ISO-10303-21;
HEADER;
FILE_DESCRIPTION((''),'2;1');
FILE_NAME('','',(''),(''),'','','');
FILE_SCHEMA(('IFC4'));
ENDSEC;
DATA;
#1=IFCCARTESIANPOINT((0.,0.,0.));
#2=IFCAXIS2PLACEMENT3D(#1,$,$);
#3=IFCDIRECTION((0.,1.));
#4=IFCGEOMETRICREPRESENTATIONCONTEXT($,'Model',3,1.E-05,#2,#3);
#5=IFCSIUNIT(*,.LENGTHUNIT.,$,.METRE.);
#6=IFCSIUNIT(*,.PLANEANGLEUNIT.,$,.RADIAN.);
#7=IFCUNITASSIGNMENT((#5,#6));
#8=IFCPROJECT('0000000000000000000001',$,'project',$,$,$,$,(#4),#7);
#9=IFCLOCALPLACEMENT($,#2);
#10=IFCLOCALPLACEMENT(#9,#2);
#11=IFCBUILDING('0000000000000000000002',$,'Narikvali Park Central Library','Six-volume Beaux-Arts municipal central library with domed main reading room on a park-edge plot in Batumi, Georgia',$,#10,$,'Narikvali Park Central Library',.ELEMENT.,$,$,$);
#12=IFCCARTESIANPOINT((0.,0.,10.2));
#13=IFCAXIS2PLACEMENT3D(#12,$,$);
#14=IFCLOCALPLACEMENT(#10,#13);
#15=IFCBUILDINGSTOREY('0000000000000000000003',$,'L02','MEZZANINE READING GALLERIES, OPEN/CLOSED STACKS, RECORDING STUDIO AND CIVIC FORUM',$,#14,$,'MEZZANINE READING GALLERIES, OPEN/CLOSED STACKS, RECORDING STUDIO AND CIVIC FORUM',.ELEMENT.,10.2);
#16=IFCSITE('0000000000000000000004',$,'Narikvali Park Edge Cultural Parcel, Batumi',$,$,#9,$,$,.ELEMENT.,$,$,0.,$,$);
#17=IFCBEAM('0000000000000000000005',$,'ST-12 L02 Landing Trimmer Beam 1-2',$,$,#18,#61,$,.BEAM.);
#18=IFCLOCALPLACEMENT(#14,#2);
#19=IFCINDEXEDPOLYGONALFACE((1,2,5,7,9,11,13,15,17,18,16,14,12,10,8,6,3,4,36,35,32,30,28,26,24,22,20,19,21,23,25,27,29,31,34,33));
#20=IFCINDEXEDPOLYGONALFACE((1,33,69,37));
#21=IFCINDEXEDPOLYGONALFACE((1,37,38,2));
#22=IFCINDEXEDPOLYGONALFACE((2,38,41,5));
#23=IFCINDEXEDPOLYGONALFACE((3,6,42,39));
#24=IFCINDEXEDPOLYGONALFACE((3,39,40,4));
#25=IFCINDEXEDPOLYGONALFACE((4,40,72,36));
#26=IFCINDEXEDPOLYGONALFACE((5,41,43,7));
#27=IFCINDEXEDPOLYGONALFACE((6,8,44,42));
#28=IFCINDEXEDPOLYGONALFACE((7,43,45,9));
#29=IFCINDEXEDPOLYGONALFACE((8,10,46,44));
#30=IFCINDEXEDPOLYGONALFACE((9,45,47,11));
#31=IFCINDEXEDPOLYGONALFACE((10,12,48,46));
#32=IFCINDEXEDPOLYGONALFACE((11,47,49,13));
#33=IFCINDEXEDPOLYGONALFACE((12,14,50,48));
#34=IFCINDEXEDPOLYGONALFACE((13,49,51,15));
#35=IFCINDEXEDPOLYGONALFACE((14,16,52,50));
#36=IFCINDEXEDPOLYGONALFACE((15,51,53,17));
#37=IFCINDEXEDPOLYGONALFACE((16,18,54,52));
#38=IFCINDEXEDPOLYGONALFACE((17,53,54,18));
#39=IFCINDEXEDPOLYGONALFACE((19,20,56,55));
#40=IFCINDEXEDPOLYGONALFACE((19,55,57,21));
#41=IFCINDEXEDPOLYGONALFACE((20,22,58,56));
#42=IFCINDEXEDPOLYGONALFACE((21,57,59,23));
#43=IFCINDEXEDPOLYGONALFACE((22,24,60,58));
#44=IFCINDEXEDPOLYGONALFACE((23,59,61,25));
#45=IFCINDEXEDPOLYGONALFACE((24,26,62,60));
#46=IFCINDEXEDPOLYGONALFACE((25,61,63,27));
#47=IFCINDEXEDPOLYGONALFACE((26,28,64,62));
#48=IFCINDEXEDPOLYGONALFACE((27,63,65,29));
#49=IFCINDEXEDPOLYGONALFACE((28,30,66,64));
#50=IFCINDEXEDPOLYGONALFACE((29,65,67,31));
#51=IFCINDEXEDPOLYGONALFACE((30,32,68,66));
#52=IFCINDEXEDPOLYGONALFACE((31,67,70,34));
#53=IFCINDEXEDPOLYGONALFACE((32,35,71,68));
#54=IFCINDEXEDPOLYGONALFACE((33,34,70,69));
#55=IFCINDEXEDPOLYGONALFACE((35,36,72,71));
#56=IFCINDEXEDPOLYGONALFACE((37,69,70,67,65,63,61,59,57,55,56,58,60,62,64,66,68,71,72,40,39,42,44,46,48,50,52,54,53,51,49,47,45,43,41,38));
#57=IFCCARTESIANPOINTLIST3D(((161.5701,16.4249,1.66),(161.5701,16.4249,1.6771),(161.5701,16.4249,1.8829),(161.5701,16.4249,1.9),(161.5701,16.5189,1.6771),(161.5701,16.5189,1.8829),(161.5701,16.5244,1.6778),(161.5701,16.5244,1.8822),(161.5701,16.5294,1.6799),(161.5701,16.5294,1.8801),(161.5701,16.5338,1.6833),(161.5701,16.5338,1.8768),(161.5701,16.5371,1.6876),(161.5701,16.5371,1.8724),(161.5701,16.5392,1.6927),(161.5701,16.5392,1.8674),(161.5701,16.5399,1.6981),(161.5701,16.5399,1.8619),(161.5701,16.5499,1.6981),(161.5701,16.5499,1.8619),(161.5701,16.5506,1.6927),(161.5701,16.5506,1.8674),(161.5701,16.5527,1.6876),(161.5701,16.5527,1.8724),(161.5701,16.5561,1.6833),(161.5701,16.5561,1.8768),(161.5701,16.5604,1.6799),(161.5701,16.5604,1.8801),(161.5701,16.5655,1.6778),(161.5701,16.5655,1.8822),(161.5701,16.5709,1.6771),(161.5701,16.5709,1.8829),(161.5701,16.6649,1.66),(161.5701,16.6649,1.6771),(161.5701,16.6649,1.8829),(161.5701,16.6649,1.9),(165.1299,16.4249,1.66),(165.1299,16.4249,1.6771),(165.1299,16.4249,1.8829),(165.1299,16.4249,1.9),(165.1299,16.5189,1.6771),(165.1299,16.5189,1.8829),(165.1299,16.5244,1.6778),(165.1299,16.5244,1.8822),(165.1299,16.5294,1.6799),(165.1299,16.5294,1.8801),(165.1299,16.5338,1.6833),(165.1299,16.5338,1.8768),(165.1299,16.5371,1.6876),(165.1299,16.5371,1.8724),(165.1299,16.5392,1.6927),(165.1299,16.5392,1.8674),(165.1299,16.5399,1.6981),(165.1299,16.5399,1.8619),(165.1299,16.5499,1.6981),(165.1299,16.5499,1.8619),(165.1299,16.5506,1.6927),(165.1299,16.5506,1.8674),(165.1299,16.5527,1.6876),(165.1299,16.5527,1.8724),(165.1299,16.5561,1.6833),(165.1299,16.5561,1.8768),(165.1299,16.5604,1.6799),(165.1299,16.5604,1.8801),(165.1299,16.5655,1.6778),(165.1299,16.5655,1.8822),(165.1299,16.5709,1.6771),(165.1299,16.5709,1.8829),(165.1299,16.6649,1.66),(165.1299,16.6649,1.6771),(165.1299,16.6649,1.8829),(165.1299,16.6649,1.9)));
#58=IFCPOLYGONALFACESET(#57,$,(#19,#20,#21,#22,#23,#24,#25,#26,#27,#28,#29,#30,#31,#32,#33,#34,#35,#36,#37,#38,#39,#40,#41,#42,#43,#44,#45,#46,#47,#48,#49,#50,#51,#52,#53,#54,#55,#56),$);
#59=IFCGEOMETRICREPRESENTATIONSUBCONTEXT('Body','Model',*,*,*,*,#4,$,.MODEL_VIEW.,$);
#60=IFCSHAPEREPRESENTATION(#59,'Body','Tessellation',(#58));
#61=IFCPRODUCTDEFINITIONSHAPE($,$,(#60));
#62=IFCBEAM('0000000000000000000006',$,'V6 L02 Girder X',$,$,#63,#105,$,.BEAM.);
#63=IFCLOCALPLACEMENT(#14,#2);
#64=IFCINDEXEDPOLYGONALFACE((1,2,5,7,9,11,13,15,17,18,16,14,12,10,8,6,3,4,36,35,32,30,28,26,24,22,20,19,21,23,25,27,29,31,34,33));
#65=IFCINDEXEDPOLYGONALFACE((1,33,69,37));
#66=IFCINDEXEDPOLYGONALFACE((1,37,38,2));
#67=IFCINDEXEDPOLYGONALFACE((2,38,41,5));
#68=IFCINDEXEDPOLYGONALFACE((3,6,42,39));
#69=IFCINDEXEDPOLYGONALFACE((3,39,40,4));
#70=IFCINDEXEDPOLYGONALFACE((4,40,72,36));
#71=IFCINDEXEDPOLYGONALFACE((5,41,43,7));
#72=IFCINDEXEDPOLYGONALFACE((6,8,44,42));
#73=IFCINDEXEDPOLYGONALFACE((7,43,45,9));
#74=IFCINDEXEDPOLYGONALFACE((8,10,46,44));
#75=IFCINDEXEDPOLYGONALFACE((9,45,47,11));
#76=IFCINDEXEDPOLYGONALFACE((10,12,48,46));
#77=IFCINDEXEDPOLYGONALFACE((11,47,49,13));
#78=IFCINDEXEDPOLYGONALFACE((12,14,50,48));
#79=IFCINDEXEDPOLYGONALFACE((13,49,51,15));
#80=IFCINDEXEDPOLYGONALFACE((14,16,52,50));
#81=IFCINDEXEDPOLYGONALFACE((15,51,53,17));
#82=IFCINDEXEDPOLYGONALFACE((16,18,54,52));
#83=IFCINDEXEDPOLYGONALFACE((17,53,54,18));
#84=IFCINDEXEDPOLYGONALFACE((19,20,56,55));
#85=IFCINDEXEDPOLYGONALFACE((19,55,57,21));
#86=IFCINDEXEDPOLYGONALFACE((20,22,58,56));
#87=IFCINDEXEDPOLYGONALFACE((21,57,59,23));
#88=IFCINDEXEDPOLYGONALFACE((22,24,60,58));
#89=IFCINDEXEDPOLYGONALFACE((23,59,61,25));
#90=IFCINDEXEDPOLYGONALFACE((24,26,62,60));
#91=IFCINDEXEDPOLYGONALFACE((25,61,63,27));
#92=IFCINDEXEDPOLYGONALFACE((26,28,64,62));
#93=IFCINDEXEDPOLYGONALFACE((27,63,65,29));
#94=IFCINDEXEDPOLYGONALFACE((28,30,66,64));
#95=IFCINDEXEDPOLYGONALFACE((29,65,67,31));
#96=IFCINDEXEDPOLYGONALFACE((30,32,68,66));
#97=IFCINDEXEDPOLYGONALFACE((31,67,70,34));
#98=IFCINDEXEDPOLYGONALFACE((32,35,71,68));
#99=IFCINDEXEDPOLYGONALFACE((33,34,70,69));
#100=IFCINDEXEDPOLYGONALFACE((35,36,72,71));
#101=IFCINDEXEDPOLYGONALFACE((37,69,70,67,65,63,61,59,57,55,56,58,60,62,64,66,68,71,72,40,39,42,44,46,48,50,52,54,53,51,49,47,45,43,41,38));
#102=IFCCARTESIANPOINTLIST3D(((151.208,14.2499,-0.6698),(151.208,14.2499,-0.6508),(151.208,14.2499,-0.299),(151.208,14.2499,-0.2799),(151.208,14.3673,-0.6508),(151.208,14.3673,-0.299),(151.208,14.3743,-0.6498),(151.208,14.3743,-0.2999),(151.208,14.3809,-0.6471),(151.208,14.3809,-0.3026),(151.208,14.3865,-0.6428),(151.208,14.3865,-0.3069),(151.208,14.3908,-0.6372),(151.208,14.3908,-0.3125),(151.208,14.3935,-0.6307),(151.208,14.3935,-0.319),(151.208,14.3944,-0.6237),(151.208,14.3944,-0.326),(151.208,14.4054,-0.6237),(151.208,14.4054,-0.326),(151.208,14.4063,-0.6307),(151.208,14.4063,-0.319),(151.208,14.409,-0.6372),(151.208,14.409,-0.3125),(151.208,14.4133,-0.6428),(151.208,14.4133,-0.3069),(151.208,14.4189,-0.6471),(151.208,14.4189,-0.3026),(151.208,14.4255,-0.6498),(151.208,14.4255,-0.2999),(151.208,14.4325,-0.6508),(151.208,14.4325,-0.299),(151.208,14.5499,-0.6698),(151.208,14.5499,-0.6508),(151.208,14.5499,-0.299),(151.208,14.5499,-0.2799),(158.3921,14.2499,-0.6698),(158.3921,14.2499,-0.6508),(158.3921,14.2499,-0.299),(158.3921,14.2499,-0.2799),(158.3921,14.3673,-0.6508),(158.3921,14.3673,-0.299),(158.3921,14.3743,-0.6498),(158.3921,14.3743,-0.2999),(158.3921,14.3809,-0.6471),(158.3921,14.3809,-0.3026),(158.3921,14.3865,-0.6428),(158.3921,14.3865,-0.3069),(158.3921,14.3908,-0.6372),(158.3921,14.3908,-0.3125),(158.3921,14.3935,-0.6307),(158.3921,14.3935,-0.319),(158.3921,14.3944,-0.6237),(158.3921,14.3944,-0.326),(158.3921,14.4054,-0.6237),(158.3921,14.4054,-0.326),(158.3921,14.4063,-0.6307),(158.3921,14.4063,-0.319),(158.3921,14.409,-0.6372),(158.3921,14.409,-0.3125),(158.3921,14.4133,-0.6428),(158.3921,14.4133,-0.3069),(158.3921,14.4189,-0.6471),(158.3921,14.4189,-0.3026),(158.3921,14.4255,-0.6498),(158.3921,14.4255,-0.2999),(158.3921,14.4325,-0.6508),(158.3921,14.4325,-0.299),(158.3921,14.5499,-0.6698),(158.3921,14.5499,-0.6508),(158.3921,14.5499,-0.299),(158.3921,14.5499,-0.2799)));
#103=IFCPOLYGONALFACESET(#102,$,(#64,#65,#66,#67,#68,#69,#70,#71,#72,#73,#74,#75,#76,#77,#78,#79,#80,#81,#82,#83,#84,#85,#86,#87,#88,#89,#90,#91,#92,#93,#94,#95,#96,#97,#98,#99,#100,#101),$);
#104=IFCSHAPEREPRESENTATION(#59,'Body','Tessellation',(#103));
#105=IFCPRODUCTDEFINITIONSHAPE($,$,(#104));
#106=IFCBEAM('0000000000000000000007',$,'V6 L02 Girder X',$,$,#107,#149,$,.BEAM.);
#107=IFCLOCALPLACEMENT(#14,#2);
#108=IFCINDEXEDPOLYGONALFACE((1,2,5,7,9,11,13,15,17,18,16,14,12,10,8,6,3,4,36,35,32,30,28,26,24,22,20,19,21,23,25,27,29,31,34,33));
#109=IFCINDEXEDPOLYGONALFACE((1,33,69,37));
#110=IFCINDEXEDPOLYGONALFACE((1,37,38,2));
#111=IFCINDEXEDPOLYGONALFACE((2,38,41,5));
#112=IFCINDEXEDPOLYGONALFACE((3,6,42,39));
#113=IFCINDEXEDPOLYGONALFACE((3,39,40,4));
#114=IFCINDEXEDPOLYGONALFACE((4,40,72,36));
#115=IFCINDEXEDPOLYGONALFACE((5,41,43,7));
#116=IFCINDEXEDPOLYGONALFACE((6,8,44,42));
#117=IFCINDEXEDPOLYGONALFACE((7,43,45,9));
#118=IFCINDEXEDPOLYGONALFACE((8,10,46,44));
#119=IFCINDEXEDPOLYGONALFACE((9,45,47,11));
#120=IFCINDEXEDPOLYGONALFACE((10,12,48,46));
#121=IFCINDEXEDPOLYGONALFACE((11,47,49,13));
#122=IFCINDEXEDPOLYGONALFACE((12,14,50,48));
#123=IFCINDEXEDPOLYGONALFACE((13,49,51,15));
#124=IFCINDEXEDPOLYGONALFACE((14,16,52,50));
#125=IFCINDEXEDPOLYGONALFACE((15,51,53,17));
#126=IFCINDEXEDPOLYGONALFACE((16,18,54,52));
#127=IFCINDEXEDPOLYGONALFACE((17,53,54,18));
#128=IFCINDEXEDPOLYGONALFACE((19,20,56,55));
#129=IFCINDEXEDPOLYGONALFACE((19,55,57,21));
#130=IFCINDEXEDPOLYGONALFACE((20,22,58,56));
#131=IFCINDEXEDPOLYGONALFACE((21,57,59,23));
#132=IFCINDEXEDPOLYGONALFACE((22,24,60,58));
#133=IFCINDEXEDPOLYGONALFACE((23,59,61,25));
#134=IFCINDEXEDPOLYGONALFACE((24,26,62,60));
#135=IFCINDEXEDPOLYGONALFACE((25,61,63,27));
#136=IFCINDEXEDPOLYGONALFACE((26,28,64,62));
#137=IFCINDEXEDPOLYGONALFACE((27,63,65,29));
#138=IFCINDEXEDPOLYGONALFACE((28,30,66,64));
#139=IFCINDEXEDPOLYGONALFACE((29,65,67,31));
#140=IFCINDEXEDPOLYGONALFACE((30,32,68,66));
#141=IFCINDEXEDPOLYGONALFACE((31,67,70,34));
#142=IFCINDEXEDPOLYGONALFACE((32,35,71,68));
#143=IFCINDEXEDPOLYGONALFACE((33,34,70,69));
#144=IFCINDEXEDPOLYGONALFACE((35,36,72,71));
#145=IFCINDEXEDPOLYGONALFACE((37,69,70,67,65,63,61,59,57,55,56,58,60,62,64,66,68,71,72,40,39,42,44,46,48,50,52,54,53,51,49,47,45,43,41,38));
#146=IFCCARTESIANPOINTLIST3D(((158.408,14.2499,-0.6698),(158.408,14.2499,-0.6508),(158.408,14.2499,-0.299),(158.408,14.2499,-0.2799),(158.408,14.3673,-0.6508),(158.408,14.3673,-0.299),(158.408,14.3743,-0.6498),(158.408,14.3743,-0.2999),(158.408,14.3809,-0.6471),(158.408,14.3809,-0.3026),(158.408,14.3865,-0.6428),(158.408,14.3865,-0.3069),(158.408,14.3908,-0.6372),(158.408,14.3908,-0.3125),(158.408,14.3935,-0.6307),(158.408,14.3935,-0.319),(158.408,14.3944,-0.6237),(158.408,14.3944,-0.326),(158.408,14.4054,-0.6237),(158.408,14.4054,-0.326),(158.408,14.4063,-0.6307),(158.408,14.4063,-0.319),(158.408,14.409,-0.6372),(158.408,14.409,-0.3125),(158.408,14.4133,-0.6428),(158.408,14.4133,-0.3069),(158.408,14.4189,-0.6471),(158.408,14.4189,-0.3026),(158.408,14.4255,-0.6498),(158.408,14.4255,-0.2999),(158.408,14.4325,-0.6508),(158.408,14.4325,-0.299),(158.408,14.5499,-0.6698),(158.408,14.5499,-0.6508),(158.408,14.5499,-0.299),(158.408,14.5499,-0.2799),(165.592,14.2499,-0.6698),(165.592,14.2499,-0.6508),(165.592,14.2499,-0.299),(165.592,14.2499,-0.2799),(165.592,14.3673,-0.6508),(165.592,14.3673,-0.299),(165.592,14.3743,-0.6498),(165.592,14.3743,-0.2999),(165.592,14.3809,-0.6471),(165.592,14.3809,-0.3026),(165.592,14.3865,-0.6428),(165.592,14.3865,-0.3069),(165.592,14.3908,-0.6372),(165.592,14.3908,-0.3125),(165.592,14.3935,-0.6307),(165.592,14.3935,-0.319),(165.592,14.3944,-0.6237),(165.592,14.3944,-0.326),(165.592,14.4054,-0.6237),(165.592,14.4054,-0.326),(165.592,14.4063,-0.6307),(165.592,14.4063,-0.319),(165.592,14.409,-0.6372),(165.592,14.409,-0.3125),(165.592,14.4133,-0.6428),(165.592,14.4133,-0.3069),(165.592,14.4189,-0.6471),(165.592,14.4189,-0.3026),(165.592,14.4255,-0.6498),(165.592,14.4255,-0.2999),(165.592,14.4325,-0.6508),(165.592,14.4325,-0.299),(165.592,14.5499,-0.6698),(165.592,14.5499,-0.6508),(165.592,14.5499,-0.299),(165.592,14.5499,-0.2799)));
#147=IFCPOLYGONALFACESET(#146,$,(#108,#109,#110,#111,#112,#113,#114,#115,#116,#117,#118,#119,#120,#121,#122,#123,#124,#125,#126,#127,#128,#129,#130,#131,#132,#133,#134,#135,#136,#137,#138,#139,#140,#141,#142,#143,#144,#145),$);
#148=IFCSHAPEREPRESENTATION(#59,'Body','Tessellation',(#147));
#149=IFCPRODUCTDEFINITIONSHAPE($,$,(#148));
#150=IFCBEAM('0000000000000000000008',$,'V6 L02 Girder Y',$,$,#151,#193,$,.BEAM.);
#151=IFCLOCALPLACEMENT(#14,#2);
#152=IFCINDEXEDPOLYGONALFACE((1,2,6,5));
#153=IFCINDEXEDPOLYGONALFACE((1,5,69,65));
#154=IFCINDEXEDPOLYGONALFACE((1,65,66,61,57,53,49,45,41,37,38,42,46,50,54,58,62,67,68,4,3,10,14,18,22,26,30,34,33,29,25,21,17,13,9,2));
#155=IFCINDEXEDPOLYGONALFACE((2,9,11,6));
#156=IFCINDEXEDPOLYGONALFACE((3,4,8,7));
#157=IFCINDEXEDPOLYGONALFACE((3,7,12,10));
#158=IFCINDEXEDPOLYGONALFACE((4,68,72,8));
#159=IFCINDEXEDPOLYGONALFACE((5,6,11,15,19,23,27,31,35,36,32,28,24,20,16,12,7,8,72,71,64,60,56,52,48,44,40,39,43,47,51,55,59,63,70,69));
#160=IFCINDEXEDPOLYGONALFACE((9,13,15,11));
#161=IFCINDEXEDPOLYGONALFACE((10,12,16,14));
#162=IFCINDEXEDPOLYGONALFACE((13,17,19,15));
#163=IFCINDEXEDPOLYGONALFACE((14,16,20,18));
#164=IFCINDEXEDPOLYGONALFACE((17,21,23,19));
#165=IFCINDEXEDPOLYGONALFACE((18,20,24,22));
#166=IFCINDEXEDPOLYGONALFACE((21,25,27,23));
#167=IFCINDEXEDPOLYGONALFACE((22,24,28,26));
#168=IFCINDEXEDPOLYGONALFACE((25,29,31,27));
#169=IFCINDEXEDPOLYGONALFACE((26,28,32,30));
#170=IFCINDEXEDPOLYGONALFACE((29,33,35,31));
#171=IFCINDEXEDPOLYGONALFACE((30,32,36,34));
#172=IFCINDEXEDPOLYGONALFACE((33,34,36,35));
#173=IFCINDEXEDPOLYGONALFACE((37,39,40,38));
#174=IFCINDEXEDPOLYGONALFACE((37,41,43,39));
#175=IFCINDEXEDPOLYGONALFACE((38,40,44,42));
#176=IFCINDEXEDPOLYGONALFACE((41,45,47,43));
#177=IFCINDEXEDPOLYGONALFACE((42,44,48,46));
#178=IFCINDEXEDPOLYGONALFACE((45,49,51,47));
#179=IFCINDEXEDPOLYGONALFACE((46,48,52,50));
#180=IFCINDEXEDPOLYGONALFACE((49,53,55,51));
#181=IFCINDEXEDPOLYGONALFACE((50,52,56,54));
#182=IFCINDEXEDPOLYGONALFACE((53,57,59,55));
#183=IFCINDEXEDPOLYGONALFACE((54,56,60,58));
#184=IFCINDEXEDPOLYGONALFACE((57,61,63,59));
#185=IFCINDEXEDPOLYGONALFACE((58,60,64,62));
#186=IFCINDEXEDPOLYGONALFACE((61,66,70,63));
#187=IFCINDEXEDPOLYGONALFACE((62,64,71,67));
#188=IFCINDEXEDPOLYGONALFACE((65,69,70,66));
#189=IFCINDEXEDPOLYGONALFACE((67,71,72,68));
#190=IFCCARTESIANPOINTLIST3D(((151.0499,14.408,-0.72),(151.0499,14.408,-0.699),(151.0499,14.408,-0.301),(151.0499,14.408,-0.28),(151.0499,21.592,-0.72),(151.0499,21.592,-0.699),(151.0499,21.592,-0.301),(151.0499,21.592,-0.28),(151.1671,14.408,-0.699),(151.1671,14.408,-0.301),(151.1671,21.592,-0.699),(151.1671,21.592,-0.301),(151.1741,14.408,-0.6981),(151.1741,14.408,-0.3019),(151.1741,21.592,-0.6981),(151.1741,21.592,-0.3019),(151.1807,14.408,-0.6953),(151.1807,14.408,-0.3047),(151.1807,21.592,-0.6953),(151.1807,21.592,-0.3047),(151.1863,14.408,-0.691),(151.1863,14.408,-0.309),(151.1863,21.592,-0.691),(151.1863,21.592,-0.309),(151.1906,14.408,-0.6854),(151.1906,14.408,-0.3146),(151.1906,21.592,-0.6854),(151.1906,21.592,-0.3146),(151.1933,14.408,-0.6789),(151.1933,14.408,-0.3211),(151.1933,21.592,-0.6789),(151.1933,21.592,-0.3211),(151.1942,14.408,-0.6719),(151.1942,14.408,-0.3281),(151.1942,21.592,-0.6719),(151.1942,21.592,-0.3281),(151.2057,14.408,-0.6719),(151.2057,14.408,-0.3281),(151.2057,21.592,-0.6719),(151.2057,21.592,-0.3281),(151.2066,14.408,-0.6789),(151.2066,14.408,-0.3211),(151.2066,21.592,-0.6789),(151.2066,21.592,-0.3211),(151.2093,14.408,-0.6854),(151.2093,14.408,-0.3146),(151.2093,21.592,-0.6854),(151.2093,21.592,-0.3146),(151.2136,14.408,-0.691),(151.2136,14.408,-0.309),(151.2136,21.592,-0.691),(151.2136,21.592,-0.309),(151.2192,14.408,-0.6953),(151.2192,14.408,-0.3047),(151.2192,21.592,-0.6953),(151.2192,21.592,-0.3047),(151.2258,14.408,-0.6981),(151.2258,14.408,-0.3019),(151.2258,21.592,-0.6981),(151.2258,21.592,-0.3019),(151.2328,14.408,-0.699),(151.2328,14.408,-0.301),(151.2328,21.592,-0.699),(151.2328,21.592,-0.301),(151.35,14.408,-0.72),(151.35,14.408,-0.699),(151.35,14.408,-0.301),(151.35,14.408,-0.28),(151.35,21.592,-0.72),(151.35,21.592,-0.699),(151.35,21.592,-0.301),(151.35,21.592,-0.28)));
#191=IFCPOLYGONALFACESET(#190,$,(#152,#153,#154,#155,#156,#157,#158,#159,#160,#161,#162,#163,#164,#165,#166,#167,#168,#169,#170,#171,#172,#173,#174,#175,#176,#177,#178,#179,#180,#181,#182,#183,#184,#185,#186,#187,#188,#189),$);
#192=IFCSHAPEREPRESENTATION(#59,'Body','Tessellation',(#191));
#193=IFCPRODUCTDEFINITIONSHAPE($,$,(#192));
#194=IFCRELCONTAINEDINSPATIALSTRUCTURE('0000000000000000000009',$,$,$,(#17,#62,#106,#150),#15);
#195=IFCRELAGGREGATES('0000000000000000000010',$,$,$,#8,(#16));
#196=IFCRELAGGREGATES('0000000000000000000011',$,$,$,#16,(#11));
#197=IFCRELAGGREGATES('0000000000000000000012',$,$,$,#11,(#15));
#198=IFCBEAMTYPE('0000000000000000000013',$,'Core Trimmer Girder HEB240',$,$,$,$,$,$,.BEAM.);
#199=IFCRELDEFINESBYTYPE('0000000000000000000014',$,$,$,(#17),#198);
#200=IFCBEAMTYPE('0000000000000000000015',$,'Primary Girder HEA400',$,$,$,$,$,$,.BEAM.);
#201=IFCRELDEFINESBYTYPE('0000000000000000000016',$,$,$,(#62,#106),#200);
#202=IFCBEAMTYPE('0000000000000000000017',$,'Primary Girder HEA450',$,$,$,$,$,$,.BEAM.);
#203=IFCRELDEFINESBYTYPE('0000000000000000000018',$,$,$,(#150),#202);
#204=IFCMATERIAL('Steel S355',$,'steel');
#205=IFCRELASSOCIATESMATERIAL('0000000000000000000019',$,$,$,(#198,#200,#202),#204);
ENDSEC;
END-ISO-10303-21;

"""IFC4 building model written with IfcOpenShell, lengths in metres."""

from ifc_helpers import new_model, si_unit, direction, frame, origin, origin_2d, place, context, subcontext, project, spatial, i_section, extrude, material, material_profile, profile_set, type_object, element, save


model = new_model("IFC4")

# Units and contexts
model_context = context("Model", 3, precision=1e-05, world=origin(), true_north=direction((0.0, 1.0)))
body_context = subcontext(model_context, "Body", "Model", "MODEL_VIEW")
ifc_project = project(units=[si_unit("LENGTHUNIT", "METRE"), si_unit("PLANEANGLEUNIT", "RADIAN")], contexts=[model_context])

# Site, building, storey
site_placement = place(None, origin())
site = spatial("IfcSite", under=ifc_project, at=site_placement, Name="Narikvali Park Edge Cultural Parcel, Batumi", CompositionType="ELEMENT", RefElevation=0.0)
building_placement = place(site_placement, origin())
building = spatial("IfcBuilding", under=site, at=building_placement, Name="Narikvali Park Central Library", Description="Six-volume Beaux-Arts municipal central library with domed main reading room on a park-edge plot in Batumi, Georgia", LongName="Narikvali Park Central Library", CompositionType="ELEMENT")
storey_placement = place(building_placement, frame((0.0, 0.0, 10.2)))
storey = spatial("IfcBuildingStorey", under=building, at=storey_placement, Name="L02", Description="MEZZANINE READING GALLERIES, OPEN/CLOSED STACKS, RECORDING STUDIO AND CIVIC FORUM", LongName="MEZZANINE READING GALLERIES, OPEN/CLOSED STACKS, RECORDING STUDIO AND CIVIC FORUM", CompositionType="ELEMENT", Elevation=10.2)

# Shared definitions
ifc_material_1 = material(Name="Steel S355", Category="steel")

# Beams
ifc_material_profile_1 = material_profile(ifc_material_1, i_section(OverallWidth=0.24, OverallDepth=0.24, WebThickness=0.01, FlangeThickness=0.0171, FilletRadius=0.021, at=origin_2d()), Name="HEB 240")
ifc_profile_set_1 = profile_set([ifc_material_profile_1], Name="Steel S355")
beam_type_1 = type_object("IfcBeamType", Name="Core Trimmer Girder HEB240", PredefinedType="BEAM", material=ifc_profile_set_1)
for number, where, z_axis, x_axis, name in (
    (1, (161.5701, 16.5449, 1.78), (1.0, 0.0, 0.0), (0.0, 1.0, 0.0), "ST-12 L02 Landing Trimmer Beam 1-2"),
):
    element("IfcBeam", number, at=place(storey_placement, frame(where, z_axis=z_axis, x_axis=x_axis)), inside=storey, type_object=beam_type_1, Name=name, PredefinedType="BEAM", context=body_context, shape_type="SweptSolid", body=[
        extrude(i_section(OverallWidth=0.24, OverallDepth=0.24, WebThickness=0.01, FlangeThickness=0.0171, FilletRadius=0.021, at=origin_2d()), origin(), (0.0, 0.0, 1.0), 3.5598),
    ])
ifc_material_profile_2 = material_profile(ifc_material_1, i_section(OverallWidth=0.3, OverallDepth=0.3899, WebThickness=0.011, FlangeThickness=0.019, FilletRadius=0.0271, at=origin_2d()), Name="HEA 400")
ifc_profile_set_2 = profile_set([ifc_material_profile_2], Name="Steel S355")
beam_type_2 = type_object("IfcBeamType", Name="Primary Girder HEA400", PredefinedType="BEAM", material=ifc_profile_set_2)
for number, where, z_axis, x_axis, name in (
    (2, (151.208, 14.3999, -0.4749), (1.0, 0.0, 0.0), (0.0, 1.0, 0.0), "V6 L02 Girder X"),
    (3, (158.408, 14.3999, -0.4749), (1.0, 0.0, 0.0), (0.0, 1.0, 0.0), "V6 L02 Girder X"),
):
    element("IfcBeam", number, at=place(storey_placement, frame(where, z_axis=z_axis, x_axis=x_axis)), inside=storey, type_object=beam_type_2, Name=name, PredefinedType="BEAM", context=body_context, shape_type="SweptSolid", body=[
        extrude(i_section(OverallWidth=0.3, OverallDepth=0.3899, WebThickness=0.011, FlangeThickness=0.019, FilletRadius=0.0271, at=origin_2d()), origin(), (0.0, 0.0, 1.0), 7.1841),
    ])
ifc_material_profile_3 = material_profile(ifc_material_1, i_section(OverallWidth=0.3, OverallDepth=0.4399, WebThickness=0.0115, FlangeThickness=0.021, FilletRadius=0.0271, at=origin_2d()), Name="HEA 450")
ifc_profile_set_3 = profile_set([ifc_material_profile_3], Name="Steel S355")
beam_type_3 = type_object("IfcBeamType", Name="Primary Girder HEA450", PredefinedType="BEAM", material=ifc_profile_set_3)
for number, where, z_axis, x_axis, name in (
    (4, (151.2, 14.408, -0.5), (0.0, 1.0, 0.0), (-1.0, 0.0, 0.0), "V6 L02 Girder Y"),
):
    element("IfcBeam", number, at=place(storey_placement, frame(where, z_axis=z_axis, x_axis=x_axis)), inside=storey, type_object=beam_type_3, Name=name, PredefinedType="BEAM", context=body_context, shape_type="SweptSolid", body=[
        extrude(i_section(OverallWidth=0.3, OverallDepth=0.4399, WebThickness=0.0115, FlangeThickness=0.021, FilletRadius=0.0271, at=origin_2d()), origin(), (0.0, 0.0, 1.0), 7.1841),
    ])

save(model, "model.ifc")
